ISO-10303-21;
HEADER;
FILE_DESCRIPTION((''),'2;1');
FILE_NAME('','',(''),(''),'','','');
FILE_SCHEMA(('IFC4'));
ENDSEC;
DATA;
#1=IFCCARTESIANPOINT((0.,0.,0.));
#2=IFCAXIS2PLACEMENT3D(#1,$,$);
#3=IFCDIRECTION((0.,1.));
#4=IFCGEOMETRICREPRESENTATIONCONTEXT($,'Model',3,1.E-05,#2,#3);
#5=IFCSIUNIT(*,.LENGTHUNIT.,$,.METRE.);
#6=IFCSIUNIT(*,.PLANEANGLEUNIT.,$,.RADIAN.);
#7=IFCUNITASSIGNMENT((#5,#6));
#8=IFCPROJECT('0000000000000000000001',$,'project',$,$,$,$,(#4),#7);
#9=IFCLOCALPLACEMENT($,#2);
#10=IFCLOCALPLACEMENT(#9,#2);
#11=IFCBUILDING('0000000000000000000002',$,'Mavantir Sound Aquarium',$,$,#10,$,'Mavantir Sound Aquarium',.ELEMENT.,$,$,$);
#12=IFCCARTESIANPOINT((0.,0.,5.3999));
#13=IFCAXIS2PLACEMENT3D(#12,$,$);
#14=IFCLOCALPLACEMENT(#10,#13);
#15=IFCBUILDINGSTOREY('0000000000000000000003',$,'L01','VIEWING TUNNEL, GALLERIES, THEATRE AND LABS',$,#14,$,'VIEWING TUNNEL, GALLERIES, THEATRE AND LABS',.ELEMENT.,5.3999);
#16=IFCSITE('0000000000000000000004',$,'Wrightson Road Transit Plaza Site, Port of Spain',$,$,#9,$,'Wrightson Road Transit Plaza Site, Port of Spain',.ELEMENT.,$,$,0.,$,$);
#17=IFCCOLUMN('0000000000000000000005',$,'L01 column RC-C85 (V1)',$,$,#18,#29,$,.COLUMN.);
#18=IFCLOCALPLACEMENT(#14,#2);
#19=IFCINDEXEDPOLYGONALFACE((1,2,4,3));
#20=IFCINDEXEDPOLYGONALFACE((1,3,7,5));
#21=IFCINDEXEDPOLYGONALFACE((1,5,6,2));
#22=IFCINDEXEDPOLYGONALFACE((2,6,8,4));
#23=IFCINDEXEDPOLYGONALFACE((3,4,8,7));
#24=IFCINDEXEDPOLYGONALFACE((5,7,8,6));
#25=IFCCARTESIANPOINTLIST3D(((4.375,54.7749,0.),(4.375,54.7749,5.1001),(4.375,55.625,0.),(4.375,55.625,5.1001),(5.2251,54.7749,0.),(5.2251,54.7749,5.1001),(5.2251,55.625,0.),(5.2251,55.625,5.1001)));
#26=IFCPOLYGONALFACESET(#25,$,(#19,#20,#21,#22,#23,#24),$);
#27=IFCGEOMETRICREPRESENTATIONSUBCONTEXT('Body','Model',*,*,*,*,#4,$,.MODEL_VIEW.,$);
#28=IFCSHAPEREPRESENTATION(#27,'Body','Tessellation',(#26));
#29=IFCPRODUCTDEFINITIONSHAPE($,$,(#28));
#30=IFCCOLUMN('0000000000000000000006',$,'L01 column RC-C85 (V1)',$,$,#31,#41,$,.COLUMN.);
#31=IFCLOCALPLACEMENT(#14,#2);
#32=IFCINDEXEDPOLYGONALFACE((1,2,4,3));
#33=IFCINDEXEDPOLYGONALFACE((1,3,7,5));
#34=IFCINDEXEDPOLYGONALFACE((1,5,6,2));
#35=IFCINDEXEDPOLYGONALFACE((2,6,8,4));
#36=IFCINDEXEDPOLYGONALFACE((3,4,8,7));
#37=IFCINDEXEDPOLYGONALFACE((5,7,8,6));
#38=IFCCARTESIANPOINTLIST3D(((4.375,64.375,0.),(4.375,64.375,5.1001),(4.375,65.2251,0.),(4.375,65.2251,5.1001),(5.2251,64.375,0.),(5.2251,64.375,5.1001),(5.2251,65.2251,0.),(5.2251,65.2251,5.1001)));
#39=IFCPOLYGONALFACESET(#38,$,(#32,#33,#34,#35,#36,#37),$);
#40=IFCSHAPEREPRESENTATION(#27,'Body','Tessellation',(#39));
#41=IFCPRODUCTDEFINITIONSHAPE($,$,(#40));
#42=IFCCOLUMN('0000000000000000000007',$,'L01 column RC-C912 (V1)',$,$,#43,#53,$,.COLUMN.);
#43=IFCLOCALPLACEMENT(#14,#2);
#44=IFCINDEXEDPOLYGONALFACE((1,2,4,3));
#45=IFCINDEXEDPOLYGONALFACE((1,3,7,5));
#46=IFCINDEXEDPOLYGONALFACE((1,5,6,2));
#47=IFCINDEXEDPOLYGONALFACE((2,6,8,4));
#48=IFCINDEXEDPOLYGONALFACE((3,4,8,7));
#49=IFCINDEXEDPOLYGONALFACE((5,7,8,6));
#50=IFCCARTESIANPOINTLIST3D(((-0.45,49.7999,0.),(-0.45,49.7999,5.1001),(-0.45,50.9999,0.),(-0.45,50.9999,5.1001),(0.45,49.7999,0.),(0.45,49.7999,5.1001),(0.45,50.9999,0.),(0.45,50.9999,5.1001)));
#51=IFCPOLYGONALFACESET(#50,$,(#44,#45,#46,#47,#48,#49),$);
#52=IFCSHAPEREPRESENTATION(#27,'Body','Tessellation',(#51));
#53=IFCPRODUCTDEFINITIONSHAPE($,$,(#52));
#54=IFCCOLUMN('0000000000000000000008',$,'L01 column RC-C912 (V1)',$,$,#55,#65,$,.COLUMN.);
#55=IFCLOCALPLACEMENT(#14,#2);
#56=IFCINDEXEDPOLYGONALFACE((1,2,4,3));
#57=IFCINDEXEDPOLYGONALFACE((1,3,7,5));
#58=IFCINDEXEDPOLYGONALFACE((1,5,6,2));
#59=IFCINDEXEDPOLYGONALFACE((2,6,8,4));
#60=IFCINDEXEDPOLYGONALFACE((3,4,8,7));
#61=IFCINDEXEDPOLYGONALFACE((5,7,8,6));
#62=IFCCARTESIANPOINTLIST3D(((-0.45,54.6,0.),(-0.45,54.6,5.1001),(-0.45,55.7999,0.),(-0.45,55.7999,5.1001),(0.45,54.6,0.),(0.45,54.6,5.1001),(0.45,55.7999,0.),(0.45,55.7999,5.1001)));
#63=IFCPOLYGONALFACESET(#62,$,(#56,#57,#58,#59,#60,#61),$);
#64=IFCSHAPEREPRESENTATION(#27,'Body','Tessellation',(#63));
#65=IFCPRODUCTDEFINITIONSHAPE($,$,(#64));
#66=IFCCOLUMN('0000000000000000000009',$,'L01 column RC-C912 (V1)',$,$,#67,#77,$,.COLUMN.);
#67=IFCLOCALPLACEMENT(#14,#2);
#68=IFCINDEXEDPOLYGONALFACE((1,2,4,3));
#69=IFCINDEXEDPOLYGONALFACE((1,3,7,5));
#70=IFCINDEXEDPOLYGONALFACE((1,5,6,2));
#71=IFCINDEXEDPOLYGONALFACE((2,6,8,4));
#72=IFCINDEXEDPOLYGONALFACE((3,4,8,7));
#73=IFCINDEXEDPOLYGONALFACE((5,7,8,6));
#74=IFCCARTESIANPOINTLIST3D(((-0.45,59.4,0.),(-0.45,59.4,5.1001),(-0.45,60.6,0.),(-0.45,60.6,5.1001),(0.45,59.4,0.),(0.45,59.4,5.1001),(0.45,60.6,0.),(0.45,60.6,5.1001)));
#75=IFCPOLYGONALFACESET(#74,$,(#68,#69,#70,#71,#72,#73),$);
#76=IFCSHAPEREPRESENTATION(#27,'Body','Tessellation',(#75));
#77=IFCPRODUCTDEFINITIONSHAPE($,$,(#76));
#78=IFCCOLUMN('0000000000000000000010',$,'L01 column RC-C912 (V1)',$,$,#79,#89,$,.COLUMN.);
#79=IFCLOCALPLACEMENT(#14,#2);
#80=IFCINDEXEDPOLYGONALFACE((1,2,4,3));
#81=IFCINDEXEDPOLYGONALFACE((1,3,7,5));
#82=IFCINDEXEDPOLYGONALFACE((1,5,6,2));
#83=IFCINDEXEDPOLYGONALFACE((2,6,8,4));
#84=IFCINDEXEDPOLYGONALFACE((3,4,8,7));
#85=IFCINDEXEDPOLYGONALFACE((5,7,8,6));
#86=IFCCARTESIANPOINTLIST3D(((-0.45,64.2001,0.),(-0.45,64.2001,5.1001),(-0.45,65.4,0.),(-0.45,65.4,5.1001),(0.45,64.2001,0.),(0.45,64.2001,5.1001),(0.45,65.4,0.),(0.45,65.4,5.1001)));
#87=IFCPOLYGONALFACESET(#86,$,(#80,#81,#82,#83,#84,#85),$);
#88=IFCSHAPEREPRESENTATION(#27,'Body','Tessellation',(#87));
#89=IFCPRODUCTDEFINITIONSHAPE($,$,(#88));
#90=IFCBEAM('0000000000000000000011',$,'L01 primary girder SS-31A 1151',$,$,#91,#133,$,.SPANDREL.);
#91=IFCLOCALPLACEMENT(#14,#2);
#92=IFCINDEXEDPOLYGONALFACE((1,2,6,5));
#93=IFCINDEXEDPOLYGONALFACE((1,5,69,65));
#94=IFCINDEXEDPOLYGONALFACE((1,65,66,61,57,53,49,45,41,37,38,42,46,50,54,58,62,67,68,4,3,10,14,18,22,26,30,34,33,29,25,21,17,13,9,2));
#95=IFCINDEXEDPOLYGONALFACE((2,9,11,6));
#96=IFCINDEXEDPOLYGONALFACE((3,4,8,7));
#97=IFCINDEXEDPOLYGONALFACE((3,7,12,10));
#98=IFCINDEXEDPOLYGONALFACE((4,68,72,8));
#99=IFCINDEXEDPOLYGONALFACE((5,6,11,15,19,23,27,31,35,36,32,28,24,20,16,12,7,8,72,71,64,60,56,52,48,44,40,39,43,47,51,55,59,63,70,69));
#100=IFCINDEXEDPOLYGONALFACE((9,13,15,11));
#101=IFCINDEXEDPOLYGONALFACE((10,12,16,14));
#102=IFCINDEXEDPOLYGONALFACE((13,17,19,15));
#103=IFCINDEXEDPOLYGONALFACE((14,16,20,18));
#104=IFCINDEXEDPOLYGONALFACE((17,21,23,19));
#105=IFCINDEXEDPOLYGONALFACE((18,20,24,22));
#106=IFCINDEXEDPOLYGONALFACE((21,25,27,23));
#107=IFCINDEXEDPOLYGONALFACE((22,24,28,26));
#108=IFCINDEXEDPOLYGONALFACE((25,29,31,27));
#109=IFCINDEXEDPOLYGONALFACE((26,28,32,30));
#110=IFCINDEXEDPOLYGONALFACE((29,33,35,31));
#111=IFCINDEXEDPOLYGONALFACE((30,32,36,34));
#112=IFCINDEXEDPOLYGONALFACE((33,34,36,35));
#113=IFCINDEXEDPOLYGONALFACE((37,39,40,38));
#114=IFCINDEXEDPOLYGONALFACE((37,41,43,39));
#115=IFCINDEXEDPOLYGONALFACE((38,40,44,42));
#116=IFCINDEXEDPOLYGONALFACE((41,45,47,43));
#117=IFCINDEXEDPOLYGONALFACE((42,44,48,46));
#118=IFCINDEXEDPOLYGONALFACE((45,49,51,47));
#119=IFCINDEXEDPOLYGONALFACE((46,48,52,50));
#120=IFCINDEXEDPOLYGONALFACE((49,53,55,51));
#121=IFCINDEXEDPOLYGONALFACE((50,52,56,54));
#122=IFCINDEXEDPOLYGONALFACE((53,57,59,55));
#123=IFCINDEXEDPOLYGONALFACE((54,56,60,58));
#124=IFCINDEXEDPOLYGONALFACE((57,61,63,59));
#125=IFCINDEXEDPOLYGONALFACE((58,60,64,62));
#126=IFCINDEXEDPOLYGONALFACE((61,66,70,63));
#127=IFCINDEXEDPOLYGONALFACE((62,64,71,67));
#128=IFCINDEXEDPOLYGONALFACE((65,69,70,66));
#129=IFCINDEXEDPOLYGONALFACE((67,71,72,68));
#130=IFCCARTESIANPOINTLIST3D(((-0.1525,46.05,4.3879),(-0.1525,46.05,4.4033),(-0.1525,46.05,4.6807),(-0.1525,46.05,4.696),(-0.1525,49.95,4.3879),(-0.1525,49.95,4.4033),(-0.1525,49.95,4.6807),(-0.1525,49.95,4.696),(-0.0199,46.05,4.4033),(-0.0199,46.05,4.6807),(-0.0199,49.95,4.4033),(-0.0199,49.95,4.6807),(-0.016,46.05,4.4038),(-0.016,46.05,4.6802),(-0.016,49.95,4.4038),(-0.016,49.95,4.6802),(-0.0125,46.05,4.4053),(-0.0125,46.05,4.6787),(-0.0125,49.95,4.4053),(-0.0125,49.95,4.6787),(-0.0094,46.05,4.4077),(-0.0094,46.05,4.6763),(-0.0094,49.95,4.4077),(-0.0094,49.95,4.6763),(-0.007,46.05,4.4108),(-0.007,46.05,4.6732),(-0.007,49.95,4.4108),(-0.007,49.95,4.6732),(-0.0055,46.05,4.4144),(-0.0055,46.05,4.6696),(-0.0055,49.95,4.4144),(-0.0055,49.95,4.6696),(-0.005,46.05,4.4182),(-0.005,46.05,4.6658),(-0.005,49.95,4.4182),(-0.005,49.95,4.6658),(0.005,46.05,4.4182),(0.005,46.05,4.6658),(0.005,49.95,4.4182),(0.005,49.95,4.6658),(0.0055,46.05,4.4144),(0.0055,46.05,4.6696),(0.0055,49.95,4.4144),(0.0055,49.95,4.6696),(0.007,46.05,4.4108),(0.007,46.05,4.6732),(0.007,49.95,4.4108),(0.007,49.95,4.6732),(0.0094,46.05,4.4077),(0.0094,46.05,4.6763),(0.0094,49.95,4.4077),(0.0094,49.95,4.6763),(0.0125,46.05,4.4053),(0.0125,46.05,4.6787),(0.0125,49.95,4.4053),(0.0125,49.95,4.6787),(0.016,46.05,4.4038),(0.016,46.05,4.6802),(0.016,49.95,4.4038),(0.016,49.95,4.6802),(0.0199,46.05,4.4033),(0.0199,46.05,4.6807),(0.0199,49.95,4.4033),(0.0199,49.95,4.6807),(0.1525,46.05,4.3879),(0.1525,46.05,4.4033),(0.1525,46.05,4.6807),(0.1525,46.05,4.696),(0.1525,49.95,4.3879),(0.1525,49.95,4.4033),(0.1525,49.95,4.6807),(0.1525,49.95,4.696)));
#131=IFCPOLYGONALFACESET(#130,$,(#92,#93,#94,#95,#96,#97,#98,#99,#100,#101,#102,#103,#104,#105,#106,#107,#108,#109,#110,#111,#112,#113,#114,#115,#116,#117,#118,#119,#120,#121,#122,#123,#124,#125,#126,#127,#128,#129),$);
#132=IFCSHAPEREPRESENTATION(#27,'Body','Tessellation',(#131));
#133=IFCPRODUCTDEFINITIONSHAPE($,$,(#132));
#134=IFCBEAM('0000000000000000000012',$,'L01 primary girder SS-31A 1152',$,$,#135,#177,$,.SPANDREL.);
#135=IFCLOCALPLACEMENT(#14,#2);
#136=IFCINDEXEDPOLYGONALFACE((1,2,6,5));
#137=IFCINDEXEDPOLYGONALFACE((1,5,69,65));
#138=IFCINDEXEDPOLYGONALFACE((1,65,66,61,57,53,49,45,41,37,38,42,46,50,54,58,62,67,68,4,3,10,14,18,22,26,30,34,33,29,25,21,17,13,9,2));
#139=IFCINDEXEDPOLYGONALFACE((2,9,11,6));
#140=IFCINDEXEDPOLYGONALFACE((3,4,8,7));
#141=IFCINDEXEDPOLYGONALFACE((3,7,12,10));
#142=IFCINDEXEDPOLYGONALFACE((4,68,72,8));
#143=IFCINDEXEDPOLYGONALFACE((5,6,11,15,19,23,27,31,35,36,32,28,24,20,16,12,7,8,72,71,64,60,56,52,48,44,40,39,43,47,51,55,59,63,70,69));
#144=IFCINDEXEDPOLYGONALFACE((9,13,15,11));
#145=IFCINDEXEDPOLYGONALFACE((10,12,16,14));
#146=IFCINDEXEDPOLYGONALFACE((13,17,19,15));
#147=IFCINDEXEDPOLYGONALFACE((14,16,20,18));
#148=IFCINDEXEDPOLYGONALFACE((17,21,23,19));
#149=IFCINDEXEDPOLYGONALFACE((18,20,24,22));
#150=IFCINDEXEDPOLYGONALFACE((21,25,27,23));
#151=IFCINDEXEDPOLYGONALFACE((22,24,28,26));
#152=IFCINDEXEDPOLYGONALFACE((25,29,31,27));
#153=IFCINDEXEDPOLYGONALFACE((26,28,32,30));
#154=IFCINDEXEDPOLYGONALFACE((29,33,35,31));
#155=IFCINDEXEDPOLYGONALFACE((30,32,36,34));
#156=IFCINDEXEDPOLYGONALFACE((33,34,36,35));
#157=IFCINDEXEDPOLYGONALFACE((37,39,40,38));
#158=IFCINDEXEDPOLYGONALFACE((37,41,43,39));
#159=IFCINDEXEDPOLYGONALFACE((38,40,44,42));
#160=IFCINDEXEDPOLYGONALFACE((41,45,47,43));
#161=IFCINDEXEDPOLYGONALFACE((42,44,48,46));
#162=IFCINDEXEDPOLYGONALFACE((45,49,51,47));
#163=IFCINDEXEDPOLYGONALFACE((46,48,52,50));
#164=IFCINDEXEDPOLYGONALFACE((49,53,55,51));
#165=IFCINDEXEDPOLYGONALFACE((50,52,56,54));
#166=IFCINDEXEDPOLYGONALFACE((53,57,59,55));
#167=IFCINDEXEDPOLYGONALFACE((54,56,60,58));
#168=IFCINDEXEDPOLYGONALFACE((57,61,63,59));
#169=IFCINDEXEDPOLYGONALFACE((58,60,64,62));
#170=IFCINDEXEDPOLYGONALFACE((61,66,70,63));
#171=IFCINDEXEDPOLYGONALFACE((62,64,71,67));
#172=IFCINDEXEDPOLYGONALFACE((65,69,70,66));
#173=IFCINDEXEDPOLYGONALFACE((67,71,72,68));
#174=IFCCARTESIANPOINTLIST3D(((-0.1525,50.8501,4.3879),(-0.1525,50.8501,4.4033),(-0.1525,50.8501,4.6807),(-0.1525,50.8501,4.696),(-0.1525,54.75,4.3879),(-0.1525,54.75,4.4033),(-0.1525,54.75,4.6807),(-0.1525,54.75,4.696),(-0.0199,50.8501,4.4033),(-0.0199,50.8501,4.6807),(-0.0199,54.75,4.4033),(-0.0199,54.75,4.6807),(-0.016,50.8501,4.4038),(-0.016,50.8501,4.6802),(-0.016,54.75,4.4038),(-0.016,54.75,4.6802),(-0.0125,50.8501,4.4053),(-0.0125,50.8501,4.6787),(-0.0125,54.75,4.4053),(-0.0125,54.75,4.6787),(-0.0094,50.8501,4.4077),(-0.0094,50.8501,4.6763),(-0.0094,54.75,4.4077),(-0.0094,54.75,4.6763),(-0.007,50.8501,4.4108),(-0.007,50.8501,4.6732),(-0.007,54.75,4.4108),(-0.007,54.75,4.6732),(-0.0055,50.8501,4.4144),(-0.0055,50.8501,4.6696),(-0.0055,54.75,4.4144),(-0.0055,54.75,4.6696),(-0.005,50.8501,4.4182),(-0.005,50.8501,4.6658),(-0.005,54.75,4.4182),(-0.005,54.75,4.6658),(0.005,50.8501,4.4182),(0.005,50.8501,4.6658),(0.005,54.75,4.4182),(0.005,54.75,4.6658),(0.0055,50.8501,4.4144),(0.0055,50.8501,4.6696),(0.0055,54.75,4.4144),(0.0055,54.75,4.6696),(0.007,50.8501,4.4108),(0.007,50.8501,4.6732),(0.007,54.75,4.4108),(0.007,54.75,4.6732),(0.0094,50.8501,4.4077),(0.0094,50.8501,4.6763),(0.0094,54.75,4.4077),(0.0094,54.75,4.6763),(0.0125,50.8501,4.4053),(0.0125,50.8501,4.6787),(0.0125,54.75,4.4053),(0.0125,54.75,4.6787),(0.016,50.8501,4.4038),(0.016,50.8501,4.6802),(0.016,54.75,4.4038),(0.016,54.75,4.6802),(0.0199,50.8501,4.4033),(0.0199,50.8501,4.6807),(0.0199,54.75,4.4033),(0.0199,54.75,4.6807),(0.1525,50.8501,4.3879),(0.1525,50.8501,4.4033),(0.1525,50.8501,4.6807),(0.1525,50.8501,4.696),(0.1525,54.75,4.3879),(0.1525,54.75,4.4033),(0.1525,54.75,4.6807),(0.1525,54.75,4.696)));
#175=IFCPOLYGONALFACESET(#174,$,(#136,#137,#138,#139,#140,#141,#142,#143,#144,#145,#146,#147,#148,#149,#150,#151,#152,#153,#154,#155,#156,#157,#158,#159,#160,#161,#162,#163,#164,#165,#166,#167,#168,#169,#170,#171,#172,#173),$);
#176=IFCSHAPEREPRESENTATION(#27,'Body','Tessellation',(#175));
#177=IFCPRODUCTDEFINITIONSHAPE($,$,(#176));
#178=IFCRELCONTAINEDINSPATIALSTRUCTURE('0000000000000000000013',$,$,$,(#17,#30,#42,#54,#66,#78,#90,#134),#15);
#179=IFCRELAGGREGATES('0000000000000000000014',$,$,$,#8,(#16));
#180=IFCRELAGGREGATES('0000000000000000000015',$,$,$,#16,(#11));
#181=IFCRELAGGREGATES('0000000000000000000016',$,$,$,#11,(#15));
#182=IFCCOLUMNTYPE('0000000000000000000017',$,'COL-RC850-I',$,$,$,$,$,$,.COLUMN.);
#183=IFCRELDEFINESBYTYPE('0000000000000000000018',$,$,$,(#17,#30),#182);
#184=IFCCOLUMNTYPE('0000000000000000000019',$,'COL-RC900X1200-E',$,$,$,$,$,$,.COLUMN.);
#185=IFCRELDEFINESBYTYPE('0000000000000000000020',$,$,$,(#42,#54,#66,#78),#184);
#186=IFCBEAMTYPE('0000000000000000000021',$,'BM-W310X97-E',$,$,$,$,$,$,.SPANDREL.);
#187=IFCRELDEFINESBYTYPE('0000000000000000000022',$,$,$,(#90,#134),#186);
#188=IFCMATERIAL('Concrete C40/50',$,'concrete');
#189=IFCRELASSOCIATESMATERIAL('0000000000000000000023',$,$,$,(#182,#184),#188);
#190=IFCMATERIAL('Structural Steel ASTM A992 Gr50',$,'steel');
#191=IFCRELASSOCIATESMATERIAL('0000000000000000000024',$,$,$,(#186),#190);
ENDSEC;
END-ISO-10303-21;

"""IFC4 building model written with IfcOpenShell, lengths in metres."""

from ifc_helpers import new_model, si_unit, direction, frame, origin, origin_2d, place, context, subcontext, project, spatial, rectangle, i_section, extrude, material, material_profile, profile_set, type_object, element, save


model = new_model("IFC4")

# Units and contexts
model_context = context("Model", 3, precision=1e-05, world=origin(), true_north=direction((0.0, 1.0)))
body_context = subcontext(model_context, "Body", "Model", "MODEL_VIEW")
ifc_project = project(units=[si_unit("LENGTHUNIT", "METRE"), si_unit("PLANEANGLEUNIT", "RADIAN")], contexts=[model_context])

# Site, building, storey
site_placement = place(None, origin())
site = spatial("IfcSite", under=ifc_project, at=site_placement, Name="Wrightson Road Transit Plaza Site, Port of Spain", LongName="Wrightson Road Transit Plaza Site, Port of Spain", CompositionType="ELEMENT", RefElevation=0.0)
building_placement = place(site_placement, origin())
building = spatial("IfcBuilding", under=site, at=building_placement, Name="Mavantir Sound Aquarium", LongName="Mavantir Sound Aquarium", CompositionType="ELEMENT")
storey_placement = place(building_placement, frame((0.0, 0.0, 5.3999)))
storey = spatial("IfcBuildingStorey", under=building, at=storey_placement, Name="L01", Description="VIEWING TUNNEL, GALLERIES, THEATRE AND LABS", LongName="VIEWING TUNNEL, GALLERIES, THEATRE AND LABS", CompositionType="ELEMENT", Elevation=5.3999)

# Columns
ifc_material_1 = material(Name="Concrete C40/50", Category="concrete")
ifc_material_profile_1 = material_profile(ifc_material_1, rectangle(XDim=0.8501, YDim=0.8501, at=origin_2d()), Name="RC 850X850")
ifc_profile_set_1 = profile_set([ifc_material_profile_1], Name="Concrete C40/50")
column_type_1 = type_object("IfcColumnType", Name="COL-RC850-I", PredefinedType="COLUMN", material=ifc_profile_set_1)
for number, where, z_axis, x_axis, name in (
    (1, (4.8, 55.2, 0.0), (0.0, 0.0, 1.0), (1.0, 0.0, 0.0), "L01 column RC-C85 (V1)"),
    (2, (4.8, 64.8, 0.0), (0.0, 0.0, 1.0), (1.0, 0.0, 0.0), "L01 column RC-C85 (V1)"),
):
    element("IfcColumn", number, at=place(storey_placement, frame(where, z_axis=z_axis, x_axis=x_axis)), inside=storey, type_object=column_type_1, Name=name, PredefinedType="COLUMN", context=body_context, shape_type="SweptSolid", body=[
        extrude(rectangle(XDim=0.8501, YDim=0.8501, at=origin_2d()), origin(), (0.0, 0.0, 1.0), 5.1001),
    ])
ifc_material_profile_2 = material_profile(ifc_material_1, rectangle(XDim=0.8999, YDim=1.2, at=origin_2d()), Name="RC 900X1200")
ifc_profile_set_2 = profile_set([ifc_material_profile_2], Name="Concrete C40/50")
column_type_2 = type_object("IfcColumnType", Name="COL-RC900X1200-E", PredefinedType="COLUMN", material=ifc_profile_set_2)
for number, where, z_axis, x_axis, name in (
    (3, (0.0, 50.3999, 0.0), (0.0, 0.0, 1.0), (1.0, 0.0, 0.0), "L01 column RC-C912 (V1)"),
    (4, (0.0, 55.2, 0.0), (0.0, 0.0, 1.0), (1.0, 0.0, 0.0), "L01 column RC-C912 (V1)"),
    (5, (0.0, 60.0, 0.0), (0.0, 0.0, 1.0), (1.0, 0.0, 0.0), "L01 column RC-C912 (V1)"),
    (6, (0.0, 64.8, 0.0), (0.0, 0.0, 1.0), (1.0, 0.0, 0.0), "L01 column RC-C912 (V1)"),
):
    element("IfcColumn", number, at=place(storey_placement, frame(where, z_axis=z_axis, x_axis=x_axis)), inside=storey, type_object=column_type_2, Name=name, PredefinedType="COLUMN", context=body_context, shape_type="SweptSolid", body=[
        extrude(rectangle(XDim=0.8999, YDim=1.2, at=origin_2d()), origin(), (0.0, 0.0, 1.0), 5.1001),
    ])

# Beams
ifc_material_2 = material(Name="Structural Steel ASTM A992 Gr50", Category="steel")
ifc_material_profile_3 = material_profile(ifc_material_2, i_section(OverallWidth=0.3049, OverallDepth=0.3081, WebThickness=0.01, FlangeThickness=0.0154, FilletRadius=0.0149, at=origin_2d()), Name="W310X97")
ifc_profile_set_3 = profile_set([ifc_material_profile_3], Name="Structural Steel ASTM A992 Gr50")
beam_type_1 = type_object("IfcBeamType", Name="BM-W310X97-E", PredefinedType="SPANDREL", material=ifc_profile_set_3)
for number, where, z_axis, x_axis, name in (
    (7, (0.0, 46.05, 4.542), (0.0, 1.0, 0.0), (-1.0, 0.0, 0.0), "L01 primary girder SS-31A 1151"),
    (8, (0.0, 50.8501, 4.542), (0.0, 1.0, 0.0), (-1.0, 0.0, 0.0), "L01 primary girder SS-31A 1152"),
):
    element("IfcBeam", number, at=place(storey_placement, frame(where, z_axis=z_axis, x_axis=x_axis)), inside=storey, type_object=beam_type_1, Name=name, PredefinedType="SPANDREL", context=body_context, shape_type="SweptSolid", body=[
        extrude(i_section(OverallWidth=0.3049, OverallDepth=0.3081, WebThickness=0.01, FlangeThickness=0.0154, FilletRadius=0.0149, at=origin_2d()), origin(), (0.0, 0.0, 1.0), 3.8999),
    ])

save(model, "model.ifc")
